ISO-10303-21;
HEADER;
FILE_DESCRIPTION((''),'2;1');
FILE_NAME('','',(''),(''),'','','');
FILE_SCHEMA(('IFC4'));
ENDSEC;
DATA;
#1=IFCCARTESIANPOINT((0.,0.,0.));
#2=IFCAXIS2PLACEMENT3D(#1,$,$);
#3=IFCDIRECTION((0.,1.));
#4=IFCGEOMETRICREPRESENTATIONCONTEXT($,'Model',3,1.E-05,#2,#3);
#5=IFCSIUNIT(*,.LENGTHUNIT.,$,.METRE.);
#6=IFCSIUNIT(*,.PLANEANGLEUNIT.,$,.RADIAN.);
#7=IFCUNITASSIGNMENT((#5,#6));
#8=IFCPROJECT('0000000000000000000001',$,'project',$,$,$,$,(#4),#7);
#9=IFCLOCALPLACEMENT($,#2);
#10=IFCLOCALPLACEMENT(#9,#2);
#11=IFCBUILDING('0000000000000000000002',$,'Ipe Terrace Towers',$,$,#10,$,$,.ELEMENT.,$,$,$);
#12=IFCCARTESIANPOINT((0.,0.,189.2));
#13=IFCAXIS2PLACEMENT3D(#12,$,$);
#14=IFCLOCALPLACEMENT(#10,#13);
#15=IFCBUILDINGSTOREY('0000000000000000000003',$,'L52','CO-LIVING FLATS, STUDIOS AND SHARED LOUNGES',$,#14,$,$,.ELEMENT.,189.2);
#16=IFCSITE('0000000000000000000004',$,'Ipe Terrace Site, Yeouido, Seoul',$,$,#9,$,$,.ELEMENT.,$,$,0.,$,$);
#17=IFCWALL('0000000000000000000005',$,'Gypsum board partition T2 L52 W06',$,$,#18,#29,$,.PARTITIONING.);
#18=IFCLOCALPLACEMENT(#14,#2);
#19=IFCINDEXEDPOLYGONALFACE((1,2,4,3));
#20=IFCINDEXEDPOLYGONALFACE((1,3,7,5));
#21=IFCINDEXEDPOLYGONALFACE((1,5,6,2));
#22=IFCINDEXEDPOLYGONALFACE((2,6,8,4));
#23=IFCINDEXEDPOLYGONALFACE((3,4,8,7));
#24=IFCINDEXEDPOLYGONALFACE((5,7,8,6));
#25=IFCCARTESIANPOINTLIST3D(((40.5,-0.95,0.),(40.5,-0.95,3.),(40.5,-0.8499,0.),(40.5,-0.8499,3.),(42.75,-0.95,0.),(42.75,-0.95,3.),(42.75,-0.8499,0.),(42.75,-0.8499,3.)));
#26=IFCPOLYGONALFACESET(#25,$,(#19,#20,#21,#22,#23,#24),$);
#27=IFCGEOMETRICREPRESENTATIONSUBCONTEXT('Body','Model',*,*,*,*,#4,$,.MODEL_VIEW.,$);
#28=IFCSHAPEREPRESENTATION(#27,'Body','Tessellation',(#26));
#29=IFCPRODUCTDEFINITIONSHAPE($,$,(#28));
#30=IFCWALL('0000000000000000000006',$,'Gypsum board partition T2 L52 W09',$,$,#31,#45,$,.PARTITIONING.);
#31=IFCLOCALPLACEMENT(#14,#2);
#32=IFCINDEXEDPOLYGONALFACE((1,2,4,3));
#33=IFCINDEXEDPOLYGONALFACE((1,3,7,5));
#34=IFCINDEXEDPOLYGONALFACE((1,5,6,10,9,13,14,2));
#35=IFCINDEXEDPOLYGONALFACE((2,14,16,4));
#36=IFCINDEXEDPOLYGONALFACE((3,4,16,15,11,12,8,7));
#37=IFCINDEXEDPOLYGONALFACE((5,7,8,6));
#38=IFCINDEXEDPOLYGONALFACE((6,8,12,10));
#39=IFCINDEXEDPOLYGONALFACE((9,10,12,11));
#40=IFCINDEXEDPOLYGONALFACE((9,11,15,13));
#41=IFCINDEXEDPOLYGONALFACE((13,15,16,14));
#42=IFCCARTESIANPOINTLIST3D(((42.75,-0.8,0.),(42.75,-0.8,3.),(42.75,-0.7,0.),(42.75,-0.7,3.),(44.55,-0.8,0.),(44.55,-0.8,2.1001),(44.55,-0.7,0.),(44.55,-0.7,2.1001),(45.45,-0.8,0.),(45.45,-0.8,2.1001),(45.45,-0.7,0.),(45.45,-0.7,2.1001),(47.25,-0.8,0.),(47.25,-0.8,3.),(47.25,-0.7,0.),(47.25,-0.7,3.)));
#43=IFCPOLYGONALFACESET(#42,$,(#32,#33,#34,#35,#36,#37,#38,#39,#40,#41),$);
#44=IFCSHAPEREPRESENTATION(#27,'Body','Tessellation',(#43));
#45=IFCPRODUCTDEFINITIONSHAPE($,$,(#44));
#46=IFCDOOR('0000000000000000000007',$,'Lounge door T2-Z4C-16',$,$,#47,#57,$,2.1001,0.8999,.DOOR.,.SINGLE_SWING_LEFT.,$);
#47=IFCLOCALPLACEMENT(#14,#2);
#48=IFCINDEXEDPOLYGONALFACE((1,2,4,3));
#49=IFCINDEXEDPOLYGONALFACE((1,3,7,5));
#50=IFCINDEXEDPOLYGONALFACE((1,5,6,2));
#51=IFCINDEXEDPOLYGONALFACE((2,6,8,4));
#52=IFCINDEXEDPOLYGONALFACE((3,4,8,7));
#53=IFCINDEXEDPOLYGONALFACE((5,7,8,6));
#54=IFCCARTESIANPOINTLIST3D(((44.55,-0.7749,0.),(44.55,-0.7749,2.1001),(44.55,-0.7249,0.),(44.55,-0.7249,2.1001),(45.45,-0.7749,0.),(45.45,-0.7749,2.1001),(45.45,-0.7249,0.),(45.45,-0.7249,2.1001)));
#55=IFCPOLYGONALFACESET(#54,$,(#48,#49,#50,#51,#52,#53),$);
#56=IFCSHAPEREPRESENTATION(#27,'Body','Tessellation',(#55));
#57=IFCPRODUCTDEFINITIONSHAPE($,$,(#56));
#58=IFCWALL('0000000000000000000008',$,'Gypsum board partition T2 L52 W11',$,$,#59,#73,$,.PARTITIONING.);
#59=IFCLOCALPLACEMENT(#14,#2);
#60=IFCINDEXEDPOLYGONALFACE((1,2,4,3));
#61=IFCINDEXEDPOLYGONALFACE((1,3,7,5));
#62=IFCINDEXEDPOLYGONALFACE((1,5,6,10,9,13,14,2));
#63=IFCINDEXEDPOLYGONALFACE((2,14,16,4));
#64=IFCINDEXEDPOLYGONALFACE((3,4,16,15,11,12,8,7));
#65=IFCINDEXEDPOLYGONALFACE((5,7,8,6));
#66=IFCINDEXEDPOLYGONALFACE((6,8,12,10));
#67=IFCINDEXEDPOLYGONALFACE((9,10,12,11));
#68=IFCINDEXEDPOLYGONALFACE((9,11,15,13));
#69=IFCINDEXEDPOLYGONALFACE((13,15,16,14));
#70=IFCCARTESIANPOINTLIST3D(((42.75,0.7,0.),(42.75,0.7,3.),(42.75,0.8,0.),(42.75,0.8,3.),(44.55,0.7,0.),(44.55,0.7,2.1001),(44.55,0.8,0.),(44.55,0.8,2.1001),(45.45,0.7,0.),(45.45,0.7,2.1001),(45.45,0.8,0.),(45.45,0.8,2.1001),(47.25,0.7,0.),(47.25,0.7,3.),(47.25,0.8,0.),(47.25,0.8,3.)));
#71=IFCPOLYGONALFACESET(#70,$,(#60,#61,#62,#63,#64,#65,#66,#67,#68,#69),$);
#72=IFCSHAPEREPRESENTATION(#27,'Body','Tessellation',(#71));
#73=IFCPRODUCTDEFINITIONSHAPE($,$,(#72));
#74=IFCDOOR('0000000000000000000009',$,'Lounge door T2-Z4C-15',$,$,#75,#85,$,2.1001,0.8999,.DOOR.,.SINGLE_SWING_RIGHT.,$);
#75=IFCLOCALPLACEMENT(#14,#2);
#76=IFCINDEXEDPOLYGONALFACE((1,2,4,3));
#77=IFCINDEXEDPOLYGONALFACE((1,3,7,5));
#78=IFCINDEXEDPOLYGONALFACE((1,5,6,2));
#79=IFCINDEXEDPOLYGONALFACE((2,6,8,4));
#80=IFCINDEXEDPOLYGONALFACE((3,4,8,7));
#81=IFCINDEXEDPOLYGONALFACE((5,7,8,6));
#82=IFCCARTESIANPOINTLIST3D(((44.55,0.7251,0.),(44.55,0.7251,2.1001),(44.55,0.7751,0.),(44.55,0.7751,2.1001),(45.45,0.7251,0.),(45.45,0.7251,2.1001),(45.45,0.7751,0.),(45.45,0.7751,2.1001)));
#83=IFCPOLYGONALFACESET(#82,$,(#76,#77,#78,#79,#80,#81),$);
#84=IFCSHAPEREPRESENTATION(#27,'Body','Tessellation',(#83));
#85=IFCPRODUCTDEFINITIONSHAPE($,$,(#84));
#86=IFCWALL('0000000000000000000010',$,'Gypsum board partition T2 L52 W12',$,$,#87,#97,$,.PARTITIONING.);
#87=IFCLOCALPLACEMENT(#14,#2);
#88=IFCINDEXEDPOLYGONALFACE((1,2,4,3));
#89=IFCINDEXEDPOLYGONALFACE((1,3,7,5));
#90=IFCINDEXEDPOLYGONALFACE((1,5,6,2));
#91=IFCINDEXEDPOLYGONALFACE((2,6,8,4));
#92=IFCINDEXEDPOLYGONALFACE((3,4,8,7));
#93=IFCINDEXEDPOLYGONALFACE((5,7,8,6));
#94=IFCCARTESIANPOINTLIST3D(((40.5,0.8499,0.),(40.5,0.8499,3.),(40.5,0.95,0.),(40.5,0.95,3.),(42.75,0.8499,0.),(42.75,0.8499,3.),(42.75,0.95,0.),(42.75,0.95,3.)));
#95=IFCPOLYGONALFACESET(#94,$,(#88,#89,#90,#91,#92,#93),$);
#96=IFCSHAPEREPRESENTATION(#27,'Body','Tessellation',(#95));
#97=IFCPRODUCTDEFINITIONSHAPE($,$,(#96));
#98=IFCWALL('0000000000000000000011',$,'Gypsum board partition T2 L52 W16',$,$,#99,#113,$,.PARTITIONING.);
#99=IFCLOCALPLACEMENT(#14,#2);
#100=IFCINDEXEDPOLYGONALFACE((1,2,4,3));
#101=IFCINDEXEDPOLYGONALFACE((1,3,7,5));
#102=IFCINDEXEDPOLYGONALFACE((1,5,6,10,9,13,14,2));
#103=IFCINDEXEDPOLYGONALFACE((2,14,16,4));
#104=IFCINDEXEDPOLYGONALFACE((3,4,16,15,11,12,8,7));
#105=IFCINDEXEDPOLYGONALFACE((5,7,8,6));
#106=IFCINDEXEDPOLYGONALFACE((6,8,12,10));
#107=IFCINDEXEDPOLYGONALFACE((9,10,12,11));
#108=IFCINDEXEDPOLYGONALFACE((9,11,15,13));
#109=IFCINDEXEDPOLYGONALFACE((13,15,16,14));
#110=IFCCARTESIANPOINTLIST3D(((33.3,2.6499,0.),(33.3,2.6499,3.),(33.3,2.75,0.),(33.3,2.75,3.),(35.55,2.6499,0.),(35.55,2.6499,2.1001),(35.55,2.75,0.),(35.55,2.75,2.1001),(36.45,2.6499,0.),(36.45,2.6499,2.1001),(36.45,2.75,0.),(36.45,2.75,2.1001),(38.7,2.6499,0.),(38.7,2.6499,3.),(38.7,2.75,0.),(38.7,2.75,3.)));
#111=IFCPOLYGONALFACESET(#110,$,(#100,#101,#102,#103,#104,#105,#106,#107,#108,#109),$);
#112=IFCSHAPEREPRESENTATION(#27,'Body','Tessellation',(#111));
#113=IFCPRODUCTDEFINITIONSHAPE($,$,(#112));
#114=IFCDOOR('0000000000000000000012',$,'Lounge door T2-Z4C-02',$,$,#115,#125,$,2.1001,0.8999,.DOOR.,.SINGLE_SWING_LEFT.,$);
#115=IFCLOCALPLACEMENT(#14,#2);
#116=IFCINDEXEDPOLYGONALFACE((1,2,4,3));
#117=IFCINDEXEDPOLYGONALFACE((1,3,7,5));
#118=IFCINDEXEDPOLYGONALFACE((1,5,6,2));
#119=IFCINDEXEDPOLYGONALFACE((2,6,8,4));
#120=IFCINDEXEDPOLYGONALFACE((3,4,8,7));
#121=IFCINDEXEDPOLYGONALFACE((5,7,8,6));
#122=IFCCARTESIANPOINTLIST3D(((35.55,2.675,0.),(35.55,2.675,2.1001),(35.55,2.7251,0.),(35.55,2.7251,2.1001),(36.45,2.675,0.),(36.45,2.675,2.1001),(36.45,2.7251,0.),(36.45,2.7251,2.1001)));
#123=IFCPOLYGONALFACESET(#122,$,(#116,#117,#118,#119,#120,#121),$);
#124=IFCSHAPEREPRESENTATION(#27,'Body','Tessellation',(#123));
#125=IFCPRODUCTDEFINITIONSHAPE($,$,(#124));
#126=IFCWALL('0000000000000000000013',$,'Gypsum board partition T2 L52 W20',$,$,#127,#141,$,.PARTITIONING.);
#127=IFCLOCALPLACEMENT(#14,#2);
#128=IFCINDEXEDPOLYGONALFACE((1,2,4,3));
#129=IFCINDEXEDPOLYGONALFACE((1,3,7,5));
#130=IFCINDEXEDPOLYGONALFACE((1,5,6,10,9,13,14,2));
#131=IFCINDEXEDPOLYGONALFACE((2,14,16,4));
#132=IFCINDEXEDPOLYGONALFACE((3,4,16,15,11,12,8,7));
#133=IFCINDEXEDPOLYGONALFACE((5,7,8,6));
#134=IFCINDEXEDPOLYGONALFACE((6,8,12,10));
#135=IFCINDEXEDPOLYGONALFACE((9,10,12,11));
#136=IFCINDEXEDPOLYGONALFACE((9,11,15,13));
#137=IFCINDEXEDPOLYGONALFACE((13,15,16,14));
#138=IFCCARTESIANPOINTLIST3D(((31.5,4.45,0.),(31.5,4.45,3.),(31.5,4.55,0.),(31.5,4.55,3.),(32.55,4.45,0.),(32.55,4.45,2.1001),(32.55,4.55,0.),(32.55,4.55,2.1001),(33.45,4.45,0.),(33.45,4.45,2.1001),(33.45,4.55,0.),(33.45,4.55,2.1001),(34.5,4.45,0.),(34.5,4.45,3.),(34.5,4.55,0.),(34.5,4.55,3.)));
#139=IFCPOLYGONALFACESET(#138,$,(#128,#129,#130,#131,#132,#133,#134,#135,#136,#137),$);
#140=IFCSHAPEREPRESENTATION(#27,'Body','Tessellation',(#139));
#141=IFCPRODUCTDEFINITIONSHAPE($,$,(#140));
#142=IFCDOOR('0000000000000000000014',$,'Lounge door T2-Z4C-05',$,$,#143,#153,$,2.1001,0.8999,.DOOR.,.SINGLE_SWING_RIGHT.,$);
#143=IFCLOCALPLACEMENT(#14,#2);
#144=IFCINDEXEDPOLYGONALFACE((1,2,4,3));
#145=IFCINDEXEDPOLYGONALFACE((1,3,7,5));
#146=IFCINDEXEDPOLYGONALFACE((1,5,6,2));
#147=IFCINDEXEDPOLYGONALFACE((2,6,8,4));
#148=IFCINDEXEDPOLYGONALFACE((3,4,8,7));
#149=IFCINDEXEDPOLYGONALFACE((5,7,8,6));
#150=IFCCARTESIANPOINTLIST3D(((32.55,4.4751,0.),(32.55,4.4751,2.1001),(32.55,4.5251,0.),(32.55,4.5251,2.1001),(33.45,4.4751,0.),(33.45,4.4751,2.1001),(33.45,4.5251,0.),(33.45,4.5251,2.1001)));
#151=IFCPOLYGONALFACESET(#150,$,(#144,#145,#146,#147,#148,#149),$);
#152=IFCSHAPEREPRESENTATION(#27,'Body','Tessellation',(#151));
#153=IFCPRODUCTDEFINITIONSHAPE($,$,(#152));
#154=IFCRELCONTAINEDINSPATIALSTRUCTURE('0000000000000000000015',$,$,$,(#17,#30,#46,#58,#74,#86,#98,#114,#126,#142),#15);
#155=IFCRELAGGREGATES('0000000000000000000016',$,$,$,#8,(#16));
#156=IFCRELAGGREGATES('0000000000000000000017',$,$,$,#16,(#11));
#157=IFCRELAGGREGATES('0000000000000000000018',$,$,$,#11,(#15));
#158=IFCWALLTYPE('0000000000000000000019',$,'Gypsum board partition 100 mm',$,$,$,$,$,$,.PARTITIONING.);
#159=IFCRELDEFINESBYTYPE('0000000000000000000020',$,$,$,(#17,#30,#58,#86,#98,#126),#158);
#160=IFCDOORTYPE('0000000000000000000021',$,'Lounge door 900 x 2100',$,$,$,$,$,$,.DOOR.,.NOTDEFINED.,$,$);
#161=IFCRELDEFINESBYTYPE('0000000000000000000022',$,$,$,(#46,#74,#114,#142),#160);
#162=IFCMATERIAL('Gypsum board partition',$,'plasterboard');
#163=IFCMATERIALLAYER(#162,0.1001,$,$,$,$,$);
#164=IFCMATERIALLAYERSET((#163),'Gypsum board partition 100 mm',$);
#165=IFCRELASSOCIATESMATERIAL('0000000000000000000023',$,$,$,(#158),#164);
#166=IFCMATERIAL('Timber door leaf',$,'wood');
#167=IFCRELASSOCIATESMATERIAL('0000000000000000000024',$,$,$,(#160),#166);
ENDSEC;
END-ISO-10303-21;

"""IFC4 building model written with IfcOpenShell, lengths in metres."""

from ifc_helpers import new_model, si_unit, direction, frame, frame_2d, origin, place, context, subcontext, project, spatial, rectangle, extrude, material, layer, layer_set, type_object, element, fill, save


model = new_model("IFC4")

# Units and contexts
model_context = context("Model", 3, precision=1e-05, world=origin(), true_north=direction((0.0, 1.0)))
body_context = subcontext(model_context, "Body", "Model", "MODEL_VIEW")
ifc_project = project(units=[si_unit("LENGTHUNIT", "METRE"), si_unit("PLANEANGLEUNIT", "RADIAN")], contexts=[model_context])

# Site, building, storey
site_placement = place(None, origin())
site = spatial("IfcSite", under=ifc_project, at=site_placement, Name="Ipe Terrace Site, Yeouido, Seoul", CompositionType="ELEMENT", RefElevation=0.0)
building_placement = place(site_placement, origin())
building = spatial("IfcBuilding", under=site, at=building_placement, Name="Ipe Terrace Towers", CompositionType="ELEMENT")
storey_placement = place(building_placement, frame((0.0, 0.0, 189.2)))
storey = spatial("IfcBuildingStorey", under=building, at=storey_placement, Name="L52", Description="CO-LIVING FLATS, STUDIOS AND SHARED LOUNGES", CompositionType="ELEMENT", Elevation=189.2)

# Wall
ifc_material_1 = material(Name="Gypsum board partition", Category="plasterboard")
ifc_layer = layer(ifc_material_1, 0.1001)
ifc_layer_set = layer_set([ifc_layer], Name="Gypsum board partition 100 mm")
wall_type = type_object("IfcWallType", Name="Gypsum board partition 100 mm", PredefinedType="PARTITIONING", material=ifc_layer_set)
wall_1_placement = place(storey_placement, frame((42.75, -0.8999, 0.0), z_axis=(0.0, 0.0, 1.0), x_axis=(-1.0, 0.0, 0.0)))
element("IfcWall", 1, at=wall_1_placement, inside=storey, type_object=wall_type, Name="Gypsum board partition T2 L52 W06", PredefinedType="PARTITIONING", context=body_context, shape_type="SweptSolid", body=[
    extrude(rectangle(XDim=2.25, YDim=0.1001, at=frame_2d((1.125, 0.0))), origin(), (0.0, 0.0, 1.0), 3.0),
])

# Walls, openings, doors
wall_2_placement = place(storey_placement, frame((47.25, -0.75, 0.0), z_axis=(0.0, 0.0, 1.0), x_axis=(-1.0, 0.0, 0.0)))
wall_2 = element("IfcWall", 2, at=wall_2_placement, inside=storey, type_object=wall_type, Name="Gypsum board partition T2 L52 W09", PredefinedType="PARTITIONING", context=body_context, shape_type="SweptSolid", body=[
    extrude(rectangle(XDim=4.5, YDim=0.1001, at=frame_2d((2.25, 0.0))), origin(), (0.0, 0.0, 1.0), 3.0),
])
opening_1_placement = place(wall_2_placement, frame((1.8, 0.0, 0.0)))
opening_1 = element("IfcOpeningElement", 3, at=opening_1_placement, cuts=wall_2, PredefinedType="OPENING", context=body_context, shape_type="SweptSolid", body=[
    extrude(rectangle(XDim=0.8999, YDim=2.1001, at=frame_2d((0.45, 1.05))), frame((0.0, 0.0601, 0.0), z_axis=(0.0, -1.0, 0.0), x_axis=(1.0, 0.0, 0.0)), (0.0, 0.0, 1.0), 0.1201),
])
ifc_material_2 = material(Name="Timber door leaf", Category="wood")
door_type = type_object("IfcDoorType", Name="Lounge door 900 x 2100", OperationType="NOTDEFINED", PredefinedType="DOOR", material=ifc_material_2)
door_1_placement = place(opening_1_placement, origin())
door_1 = element("IfcDoor", 4, at=door_1_placement, inside=storey, type_object=door_type, Name="Lounge door T2-Z4C-16", OperationType="SINGLE_SWING_LEFT", OverallHeight=2.1001, OverallWidth=0.8999, PredefinedType="DOOR", context=body_context, shape_type="SweptSolid", body=[
    extrude(rectangle(XDim=0.8999, YDim=2.1001, at=frame_2d((0.45, 1.05))), frame((0.0, 0.0249, 0.0), z_axis=(0.0, -1.0, 0.0), x_axis=(1.0, 0.0, 0.0)), (0.0, 0.0, 1.0), 0.05),
])
fill(opening_1, door_1)
wall_3_placement = place(storey_placement, frame((47.25, 0.75, 0.0), z_axis=(0.0, 0.0, 1.0), x_axis=(-1.0, 0.0, 0.0)))
wall_3 = element("IfcWall", 5, at=wall_3_placement, inside=storey, type_object=wall_type, Name="Gypsum board partition T2 L52 W11", PredefinedType="PARTITIONING", context=body_context, shape_type="SweptSolid", body=[
    extrude(rectangle(XDim=4.5, YDim=0.1001, at=frame_2d((2.25, 0.0))), origin(), (0.0, 0.0, 1.0), 3.0),
])
opening_2_placement = place(wall_3_placement, frame((1.8, 0.0, 0.0)))
opening_2 = element("IfcOpeningElement", 6, at=opening_2_placement, cuts=wall_3, PredefinedType="OPENING", context=body_context, shape_type="SweptSolid", body=[
    extrude(rectangle(XDim=0.8999, YDim=2.1001, at=frame_2d((0.45, 1.05))), frame((0.0, 0.0601, 0.0), z_axis=(0.0, -1.0, 0.0), x_axis=(1.0, 0.0, 0.0)), (0.0, 0.0, 1.0), 0.1201),
])
door_2_placement = place(opening_2_placement, origin())
door_2 = element("IfcDoor", 7, at=door_2_placement, inside=storey, type_object=door_type, Name="Lounge door T2-Z4C-15", OperationType="SINGLE_SWING_RIGHT", OverallHeight=2.1001, OverallWidth=0.8999, PredefinedType="DOOR", context=body_context, shape_type="SweptSolid", body=[
    extrude(rectangle(XDim=0.8999, YDim=2.1001, at=frame_2d((0.45, 1.05))), frame((0.0, 0.0249, 0.0), z_axis=(0.0, -1.0, 0.0), x_axis=(1.0, 0.0, 0.0)), (0.0, 0.0, 1.0), 0.05),
])
fill(opening_2, door_2)

# Wall
wall_4_placement = place(storey_placement, frame((42.75, 0.8999, 0.0), z_axis=(0.0, 0.0, 1.0), x_axis=(-1.0, 0.0, 0.0)))
element("IfcWall", 8, at=wall_4_placement, inside=storey, type_object=wall_type, Name="Gypsum board partition T2 L52 W12", PredefinedType="PARTITIONING", context=body_context, shape_type="SweptSolid", body=[
    extrude(rectangle(XDim=2.25, YDim=0.1001, at=frame_2d((1.125, 0.0))), origin(), (0.0, 0.0, 1.0), 3.0),
])

# Walls, openings, doors
wall_5_placement = place(storey_placement, frame((38.7, 2.7, 0.0), z_axis=(0.0, 0.0, 1.0), x_axis=(-1.0, 0.0, 0.0)))
wall_5 = element("IfcWall", 9, at=wall_5_placement, inside=storey, type_object=wall_type, Name="Gypsum board partition T2 L52 W16", PredefinedType="PARTITIONING", context=body_context, shape_type="SweptSolid", body=[
    extrude(rectangle(XDim=5.3999, YDim=0.1001, at=frame_2d((2.7, 0.0))), origin(), (0.0, 0.0, 1.0), 3.0),
])
opening_3_placement = place(wall_5_placement, frame((2.25, 0.0, 0.0)))
opening_3 = element("IfcOpeningElement", 10, at=opening_3_placement, cuts=wall_5, PredefinedType="OPENING", context=body_context, shape_type="SweptSolid", body=[
    extrude(rectangle(XDim=0.8999, YDim=2.1001, at=frame_2d((0.45, 1.05))), frame((0.0, 0.0601, 0.0), z_axis=(0.0, -1.0, 0.0), x_axis=(1.0, 0.0, 0.0)), (0.0, 0.0, 1.0), 0.1201),
])
door_3_placement = place(opening_3_placement, origin())
door_3 = element("IfcDoor", 11, at=door_3_placement, inside=storey, type_object=door_type, Name="Lounge door T2-Z4C-02", OperationType="SINGLE_SWING_LEFT", OverallHeight=2.1001, OverallWidth=0.8999, PredefinedType="DOOR", context=body_context, shape_type="SweptSolid", body=[
    extrude(rectangle(XDim=0.8999, YDim=2.1001, at=frame_2d((0.45, 1.05))), frame((0.0, 0.0249, 0.0), z_axis=(0.0, -1.0, 0.0), x_axis=(1.0, 0.0, 0.0)), (0.0, 0.0, 1.0), 0.05),
])
fill(opening_3, door_3)
wall_6_placement = place(storey_placement, frame((34.5, 4.5, 0.0), z_axis=(0.0, 0.0, 1.0), x_axis=(-1.0, 0.0, 0.0)))
wall_6 = element("IfcWall", 12, at=wall_6_placement, inside=storey, type_object=wall_type, Name="Gypsum board partition T2 L52 W20", PredefinedType="PARTITIONING", context=body_context, shape_type="SweptSolid", body=[
    extrude(rectangle(XDim=3.0, YDim=0.1001, at=frame_2d((1.5, 0.0))), origin(), (0.0, 0.0, 1.0), 3.0),
])
opening_4_placement = place(wall_6_placement, frame((1.05, 0.0, 0.0)))
opening_4 = element("IfcOpeningElement", 13, at=opening_4_placement, cuts=wall_6, PredefinedType="OPENING", context=body_context, shape_type="SweptSolid", body=[
    extrude(rectangle(XDim=0.8999, YDim=2.1001, at=frame_2d((0.45, 1.05))), frame((0.0, 0.0601, 0.0), z_axis=(0.0, -1.0, 0.0), x_axis=(1.0, 0.0, 0.0)), (0.0, 0.0, 1.0), 0.1201),
])
door_4_placement = place(opening_4_placement, origin())
door_4 = element("IfcDoor", 14, at=door_4_placement, inside=storey, type_object=door_type, Name="Lounge door T2-Z4C-05", OperationType="SINGLE_SWING_RIGHT", OverallHeight=2.1001, OverallWidth=0.8999, PredefinedType="DOOR", context=body_context, shape_type="SweptSolid", body=[
    extrude(rectangle(XDim=0.8999, YDim=2.1001, at=frame_2d((0.45, 1.05))), frame((0.0, 0.0249, 0.0), z_axis=(0.0, -1.0, 0.0), x_axis=(1.0, 0.0, 0.0)), (0.0, 0.0, 1.0), 0.05),
])
fill(opening_4, door_4)

save(model, "model.ifc")
